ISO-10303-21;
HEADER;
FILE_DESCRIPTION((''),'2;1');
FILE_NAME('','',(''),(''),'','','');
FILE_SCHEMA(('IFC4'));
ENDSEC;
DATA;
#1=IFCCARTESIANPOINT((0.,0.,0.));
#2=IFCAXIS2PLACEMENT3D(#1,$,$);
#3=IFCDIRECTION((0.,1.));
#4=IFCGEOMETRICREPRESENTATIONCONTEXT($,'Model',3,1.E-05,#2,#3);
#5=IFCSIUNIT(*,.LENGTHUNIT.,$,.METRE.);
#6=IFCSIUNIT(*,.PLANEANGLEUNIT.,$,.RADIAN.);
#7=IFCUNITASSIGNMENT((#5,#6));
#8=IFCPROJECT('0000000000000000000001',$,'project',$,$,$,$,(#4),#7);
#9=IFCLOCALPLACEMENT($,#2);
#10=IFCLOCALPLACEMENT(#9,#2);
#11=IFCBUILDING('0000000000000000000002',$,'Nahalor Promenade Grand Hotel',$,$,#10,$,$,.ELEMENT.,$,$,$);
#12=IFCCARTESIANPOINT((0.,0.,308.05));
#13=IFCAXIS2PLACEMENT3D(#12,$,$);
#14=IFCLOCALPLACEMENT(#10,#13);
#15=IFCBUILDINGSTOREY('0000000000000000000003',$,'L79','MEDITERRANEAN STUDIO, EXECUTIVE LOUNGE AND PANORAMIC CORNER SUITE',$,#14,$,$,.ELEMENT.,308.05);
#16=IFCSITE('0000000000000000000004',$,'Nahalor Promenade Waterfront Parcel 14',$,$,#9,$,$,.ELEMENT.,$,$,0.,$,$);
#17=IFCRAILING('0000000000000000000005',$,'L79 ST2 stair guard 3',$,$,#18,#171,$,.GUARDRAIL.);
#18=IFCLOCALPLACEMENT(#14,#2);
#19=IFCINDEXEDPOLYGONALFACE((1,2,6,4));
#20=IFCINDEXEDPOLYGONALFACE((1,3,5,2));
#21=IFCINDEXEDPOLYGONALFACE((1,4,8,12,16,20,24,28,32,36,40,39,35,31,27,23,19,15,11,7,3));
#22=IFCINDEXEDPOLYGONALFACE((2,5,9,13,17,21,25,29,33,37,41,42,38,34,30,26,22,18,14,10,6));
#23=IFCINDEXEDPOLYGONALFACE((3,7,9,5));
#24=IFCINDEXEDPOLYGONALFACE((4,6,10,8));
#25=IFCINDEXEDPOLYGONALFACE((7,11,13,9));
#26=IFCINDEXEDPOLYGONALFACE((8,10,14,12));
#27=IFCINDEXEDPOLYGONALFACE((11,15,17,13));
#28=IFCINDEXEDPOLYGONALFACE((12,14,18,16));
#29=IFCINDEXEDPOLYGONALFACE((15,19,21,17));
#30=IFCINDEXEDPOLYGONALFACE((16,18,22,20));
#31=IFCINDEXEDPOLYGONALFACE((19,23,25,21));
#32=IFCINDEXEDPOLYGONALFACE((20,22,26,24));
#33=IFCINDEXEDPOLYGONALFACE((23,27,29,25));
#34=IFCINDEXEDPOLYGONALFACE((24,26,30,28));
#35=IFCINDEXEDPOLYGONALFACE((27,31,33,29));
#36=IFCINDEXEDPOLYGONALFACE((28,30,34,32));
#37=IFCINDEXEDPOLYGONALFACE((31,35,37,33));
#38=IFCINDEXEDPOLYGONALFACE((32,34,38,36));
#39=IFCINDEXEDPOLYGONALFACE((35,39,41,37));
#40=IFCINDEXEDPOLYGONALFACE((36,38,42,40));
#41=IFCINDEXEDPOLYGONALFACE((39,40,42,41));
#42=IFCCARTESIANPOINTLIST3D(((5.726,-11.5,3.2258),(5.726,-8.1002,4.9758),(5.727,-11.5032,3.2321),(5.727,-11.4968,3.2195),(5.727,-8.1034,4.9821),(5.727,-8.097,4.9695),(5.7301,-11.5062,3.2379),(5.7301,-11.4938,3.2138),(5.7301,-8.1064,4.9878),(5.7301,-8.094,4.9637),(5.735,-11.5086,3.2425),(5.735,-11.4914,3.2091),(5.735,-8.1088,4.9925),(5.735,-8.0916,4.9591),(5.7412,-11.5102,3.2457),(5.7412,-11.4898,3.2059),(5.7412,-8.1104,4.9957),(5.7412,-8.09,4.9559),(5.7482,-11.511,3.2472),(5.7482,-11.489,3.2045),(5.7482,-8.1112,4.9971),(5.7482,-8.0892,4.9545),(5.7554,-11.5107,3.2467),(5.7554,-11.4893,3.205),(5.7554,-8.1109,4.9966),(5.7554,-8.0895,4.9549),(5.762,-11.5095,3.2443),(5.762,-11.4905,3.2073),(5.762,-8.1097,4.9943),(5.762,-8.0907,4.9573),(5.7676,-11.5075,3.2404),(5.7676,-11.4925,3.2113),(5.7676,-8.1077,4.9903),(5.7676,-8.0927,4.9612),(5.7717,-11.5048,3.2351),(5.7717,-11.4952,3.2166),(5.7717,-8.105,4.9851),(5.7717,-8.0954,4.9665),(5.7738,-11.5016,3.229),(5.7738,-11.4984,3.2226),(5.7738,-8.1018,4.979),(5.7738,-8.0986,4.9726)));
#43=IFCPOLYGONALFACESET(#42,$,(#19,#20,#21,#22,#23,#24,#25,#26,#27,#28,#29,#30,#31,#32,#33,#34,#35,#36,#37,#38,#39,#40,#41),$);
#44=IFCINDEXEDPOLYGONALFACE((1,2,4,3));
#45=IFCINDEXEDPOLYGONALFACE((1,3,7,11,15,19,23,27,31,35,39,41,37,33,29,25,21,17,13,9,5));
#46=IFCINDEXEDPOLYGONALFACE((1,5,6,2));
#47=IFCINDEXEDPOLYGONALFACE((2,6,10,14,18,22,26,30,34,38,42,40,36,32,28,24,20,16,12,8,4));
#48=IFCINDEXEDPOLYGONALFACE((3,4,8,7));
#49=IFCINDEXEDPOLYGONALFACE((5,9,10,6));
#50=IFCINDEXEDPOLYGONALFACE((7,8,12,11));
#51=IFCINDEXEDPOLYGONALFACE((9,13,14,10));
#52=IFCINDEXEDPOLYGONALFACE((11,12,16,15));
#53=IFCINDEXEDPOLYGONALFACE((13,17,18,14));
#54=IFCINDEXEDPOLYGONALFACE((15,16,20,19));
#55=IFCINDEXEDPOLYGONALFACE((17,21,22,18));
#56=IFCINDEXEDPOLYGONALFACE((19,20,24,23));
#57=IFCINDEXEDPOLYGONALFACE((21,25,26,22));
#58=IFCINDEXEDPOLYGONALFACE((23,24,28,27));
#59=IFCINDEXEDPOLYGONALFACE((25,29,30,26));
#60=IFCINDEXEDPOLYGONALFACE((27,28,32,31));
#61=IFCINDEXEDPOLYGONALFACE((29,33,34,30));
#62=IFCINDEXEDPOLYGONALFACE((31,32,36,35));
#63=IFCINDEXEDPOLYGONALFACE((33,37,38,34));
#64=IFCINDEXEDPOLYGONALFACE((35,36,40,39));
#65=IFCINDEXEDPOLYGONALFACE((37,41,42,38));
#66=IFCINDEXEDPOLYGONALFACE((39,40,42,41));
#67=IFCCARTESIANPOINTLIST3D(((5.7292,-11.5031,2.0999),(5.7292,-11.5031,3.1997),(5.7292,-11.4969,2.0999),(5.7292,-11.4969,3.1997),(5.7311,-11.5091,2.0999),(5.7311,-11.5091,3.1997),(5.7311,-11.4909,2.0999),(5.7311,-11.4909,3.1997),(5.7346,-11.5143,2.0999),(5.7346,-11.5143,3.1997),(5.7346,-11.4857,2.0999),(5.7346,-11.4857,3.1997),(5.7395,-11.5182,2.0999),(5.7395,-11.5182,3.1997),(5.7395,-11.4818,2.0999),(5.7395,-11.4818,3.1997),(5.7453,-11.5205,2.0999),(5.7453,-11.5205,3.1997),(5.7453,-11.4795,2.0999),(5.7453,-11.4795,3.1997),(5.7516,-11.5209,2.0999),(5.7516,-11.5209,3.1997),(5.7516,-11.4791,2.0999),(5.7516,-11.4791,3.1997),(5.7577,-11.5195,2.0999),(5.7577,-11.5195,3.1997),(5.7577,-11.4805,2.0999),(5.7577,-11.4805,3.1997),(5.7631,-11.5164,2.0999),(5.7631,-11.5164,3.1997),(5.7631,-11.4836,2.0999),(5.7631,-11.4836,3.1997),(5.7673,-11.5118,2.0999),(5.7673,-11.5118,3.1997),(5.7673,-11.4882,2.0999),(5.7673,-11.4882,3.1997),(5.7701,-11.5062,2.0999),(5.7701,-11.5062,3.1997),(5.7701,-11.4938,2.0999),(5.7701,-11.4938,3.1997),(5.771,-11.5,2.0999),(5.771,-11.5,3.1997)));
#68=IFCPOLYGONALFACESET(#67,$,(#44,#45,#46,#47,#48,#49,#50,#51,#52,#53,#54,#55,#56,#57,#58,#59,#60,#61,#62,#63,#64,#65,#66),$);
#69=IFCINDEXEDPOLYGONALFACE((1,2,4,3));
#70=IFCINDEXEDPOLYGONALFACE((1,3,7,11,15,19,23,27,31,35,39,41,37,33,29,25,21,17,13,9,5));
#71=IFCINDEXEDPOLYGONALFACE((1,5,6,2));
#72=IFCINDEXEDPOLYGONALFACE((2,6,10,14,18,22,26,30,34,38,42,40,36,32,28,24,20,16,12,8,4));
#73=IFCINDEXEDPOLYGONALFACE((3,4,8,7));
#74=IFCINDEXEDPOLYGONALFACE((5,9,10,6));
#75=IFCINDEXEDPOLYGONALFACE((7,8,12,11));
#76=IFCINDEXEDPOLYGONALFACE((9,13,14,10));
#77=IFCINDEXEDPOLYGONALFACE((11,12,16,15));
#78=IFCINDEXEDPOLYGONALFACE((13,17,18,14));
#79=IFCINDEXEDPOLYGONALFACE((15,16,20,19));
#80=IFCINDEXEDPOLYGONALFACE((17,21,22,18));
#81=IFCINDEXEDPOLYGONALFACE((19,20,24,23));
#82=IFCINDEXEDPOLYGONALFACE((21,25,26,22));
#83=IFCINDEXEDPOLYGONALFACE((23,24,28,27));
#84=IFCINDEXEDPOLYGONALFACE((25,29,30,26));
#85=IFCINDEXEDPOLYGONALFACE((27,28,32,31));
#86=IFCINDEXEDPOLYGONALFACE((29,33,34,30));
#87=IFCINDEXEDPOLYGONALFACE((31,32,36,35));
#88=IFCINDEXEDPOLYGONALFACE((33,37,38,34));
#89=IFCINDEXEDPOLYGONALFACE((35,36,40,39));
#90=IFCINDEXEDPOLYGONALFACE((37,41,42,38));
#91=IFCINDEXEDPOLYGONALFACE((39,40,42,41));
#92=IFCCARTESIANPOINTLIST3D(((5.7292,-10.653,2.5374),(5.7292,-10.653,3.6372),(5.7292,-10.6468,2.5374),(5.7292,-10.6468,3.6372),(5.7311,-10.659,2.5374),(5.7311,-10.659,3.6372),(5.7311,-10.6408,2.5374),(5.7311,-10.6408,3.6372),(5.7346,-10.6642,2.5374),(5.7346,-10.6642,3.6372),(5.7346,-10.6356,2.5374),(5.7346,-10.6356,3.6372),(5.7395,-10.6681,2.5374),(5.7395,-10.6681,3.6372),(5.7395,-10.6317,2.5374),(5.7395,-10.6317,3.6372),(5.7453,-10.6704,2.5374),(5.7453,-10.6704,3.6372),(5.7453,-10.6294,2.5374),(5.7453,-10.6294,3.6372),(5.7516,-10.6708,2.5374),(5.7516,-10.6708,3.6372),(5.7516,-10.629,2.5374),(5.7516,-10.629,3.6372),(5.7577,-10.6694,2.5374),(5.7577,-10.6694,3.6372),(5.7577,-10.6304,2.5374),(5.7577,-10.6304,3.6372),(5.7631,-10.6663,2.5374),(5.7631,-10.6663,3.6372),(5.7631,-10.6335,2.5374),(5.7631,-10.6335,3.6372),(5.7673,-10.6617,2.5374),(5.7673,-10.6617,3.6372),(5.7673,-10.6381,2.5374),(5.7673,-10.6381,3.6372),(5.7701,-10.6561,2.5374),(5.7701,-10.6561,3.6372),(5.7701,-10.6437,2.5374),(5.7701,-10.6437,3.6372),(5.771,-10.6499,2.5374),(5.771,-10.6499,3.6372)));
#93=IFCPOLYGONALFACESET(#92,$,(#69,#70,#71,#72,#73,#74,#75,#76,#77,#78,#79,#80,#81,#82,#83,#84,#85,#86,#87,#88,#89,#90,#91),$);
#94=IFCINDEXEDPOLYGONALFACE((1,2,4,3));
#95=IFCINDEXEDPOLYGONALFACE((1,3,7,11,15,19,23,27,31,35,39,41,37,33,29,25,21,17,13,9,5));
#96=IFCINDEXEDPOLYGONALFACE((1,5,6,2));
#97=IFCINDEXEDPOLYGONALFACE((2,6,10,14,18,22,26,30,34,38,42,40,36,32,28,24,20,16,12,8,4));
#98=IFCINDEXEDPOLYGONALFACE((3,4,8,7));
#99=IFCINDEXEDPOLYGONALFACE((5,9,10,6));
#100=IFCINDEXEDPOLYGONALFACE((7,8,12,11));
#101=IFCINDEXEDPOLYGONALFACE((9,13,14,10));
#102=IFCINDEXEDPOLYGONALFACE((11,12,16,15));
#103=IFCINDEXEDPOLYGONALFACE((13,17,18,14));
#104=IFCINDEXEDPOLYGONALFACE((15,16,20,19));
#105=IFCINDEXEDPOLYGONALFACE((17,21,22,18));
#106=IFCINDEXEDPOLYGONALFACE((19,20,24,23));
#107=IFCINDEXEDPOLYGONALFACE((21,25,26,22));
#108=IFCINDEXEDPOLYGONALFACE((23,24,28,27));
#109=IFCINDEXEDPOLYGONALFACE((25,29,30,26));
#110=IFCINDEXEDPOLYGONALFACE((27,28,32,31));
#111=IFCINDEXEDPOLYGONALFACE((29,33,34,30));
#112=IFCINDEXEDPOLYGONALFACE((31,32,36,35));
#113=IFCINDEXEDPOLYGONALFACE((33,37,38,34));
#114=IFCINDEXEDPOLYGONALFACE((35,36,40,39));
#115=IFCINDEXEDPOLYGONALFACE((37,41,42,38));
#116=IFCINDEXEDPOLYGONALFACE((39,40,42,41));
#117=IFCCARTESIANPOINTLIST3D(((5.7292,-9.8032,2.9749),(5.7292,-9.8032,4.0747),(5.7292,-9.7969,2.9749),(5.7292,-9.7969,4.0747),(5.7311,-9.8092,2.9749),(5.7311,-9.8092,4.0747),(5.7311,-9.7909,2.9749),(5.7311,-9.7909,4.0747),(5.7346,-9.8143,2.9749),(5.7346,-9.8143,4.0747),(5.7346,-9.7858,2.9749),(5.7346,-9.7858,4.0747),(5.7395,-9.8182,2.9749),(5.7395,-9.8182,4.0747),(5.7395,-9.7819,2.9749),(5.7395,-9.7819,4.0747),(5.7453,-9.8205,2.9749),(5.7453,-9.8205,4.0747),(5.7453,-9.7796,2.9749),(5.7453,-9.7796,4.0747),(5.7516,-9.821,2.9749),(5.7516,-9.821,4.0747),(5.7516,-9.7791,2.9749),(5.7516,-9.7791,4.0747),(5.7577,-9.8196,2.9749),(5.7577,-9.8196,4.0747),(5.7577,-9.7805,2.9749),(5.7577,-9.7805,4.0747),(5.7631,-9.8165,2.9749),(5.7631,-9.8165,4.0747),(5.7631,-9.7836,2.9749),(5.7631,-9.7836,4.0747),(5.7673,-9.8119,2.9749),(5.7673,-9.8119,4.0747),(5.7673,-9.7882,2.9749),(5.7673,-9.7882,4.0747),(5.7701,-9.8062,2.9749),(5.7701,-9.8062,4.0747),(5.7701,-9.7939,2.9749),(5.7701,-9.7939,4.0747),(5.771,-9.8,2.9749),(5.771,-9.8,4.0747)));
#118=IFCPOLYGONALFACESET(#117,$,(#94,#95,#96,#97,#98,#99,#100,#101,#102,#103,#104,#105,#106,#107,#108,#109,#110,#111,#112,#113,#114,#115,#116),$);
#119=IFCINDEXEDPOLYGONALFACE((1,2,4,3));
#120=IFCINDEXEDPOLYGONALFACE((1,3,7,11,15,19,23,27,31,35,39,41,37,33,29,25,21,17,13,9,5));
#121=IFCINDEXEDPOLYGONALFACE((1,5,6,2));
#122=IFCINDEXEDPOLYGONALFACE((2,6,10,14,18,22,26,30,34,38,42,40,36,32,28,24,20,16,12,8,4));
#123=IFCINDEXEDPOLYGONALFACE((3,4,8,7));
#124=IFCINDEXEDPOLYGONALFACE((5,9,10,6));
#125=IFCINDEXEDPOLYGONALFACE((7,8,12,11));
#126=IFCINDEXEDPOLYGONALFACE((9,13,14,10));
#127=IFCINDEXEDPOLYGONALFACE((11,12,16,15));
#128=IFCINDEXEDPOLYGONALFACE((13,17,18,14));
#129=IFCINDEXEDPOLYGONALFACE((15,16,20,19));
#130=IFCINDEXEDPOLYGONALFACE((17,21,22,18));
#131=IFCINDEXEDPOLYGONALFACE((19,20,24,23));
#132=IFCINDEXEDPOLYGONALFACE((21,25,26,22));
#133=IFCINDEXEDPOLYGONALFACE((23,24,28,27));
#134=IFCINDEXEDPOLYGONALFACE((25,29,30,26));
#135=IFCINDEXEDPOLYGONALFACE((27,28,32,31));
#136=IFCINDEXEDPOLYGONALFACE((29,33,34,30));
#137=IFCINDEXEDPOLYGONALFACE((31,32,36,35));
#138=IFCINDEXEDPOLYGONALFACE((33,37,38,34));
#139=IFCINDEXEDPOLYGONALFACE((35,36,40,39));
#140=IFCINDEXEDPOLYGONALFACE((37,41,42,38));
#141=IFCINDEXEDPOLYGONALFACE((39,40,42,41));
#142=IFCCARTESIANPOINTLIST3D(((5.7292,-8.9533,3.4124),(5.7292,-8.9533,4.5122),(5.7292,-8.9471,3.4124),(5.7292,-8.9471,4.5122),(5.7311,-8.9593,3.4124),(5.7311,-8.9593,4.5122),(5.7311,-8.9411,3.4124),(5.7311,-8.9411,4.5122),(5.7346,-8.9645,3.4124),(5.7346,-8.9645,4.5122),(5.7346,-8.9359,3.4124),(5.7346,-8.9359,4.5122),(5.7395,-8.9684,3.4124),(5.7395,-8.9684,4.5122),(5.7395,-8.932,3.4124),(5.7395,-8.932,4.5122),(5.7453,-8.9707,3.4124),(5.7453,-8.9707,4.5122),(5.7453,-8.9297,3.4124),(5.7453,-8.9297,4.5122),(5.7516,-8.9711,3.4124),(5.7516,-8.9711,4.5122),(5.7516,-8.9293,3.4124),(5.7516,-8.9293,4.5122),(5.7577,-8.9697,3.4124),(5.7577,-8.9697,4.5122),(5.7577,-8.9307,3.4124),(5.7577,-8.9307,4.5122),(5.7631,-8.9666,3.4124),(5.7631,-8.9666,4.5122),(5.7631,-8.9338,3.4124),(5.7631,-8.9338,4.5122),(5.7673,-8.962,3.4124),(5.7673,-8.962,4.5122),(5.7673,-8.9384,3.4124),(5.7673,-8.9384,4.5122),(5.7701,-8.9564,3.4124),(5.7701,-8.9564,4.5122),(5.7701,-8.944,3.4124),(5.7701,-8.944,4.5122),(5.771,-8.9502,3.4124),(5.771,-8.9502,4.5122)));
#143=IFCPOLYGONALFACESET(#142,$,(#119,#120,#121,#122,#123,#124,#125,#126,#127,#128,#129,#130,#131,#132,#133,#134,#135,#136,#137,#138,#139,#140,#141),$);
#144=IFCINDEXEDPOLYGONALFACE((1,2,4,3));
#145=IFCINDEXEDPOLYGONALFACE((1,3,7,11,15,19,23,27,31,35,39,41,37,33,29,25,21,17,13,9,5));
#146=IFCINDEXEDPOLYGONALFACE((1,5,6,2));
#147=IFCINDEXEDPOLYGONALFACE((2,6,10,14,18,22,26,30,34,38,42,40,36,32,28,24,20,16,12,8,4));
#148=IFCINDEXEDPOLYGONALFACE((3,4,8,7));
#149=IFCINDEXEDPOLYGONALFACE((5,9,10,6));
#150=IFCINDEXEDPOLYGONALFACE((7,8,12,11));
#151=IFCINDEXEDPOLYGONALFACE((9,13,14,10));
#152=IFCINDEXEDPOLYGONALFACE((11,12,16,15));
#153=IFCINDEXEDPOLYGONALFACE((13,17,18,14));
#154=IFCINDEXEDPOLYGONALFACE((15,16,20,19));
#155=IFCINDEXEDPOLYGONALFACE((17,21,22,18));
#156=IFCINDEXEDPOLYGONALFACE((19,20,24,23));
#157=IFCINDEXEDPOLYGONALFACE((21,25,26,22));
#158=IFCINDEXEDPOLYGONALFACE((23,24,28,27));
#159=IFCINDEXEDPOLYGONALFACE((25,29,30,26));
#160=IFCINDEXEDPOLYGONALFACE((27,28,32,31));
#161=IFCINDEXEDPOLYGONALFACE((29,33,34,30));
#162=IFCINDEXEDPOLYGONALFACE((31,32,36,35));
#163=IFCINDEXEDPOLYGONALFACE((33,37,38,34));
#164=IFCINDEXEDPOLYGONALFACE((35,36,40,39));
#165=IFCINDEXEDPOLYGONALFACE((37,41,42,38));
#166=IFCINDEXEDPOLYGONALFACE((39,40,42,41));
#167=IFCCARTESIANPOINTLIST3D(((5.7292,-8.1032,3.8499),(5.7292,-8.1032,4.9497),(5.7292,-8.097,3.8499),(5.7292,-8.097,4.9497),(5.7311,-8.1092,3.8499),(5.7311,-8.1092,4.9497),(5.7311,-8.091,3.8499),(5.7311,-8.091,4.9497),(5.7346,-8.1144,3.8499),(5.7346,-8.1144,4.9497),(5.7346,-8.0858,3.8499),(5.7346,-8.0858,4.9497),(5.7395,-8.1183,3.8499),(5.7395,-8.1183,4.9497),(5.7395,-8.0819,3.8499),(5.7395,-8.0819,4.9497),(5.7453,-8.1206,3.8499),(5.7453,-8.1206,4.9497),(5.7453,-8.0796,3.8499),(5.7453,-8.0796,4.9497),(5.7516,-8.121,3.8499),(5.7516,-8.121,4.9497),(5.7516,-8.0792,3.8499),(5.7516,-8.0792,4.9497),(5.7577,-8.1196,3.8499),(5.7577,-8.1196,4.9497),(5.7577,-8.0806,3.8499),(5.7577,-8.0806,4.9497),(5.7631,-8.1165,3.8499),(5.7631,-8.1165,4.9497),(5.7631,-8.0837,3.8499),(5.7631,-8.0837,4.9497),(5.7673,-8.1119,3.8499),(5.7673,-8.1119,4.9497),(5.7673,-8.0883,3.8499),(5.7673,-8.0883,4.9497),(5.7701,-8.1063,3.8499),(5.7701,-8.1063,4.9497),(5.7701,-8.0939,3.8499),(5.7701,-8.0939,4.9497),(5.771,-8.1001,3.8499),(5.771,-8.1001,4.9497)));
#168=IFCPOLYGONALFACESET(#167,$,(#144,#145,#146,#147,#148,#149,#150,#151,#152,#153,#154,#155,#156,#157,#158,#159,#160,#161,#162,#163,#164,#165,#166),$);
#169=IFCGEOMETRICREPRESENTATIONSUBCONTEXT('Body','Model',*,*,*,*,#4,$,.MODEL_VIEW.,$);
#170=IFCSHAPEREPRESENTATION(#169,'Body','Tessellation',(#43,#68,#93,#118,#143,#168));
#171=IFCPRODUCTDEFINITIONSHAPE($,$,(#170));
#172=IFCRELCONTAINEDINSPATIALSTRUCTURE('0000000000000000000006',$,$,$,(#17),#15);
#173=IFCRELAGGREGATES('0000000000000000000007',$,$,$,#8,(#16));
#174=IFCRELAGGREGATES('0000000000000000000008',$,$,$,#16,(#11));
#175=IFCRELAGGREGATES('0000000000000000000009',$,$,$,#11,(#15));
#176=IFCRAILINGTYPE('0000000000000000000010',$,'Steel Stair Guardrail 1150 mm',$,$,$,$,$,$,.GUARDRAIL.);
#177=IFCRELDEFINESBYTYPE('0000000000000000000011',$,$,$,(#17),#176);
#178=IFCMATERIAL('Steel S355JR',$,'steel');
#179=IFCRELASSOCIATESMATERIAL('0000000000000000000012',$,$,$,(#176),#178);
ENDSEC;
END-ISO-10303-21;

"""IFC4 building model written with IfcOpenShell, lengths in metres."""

from ifc_helpers import new_model, si_unit, direction, frame, origin, origin_2d, place, context, subcontext, project, spatial, circle, extrude, material, type_object, element, save


model = new_model("IFC4")

# Units and contexts
model_context = context("Model", 3, precision=1e-05, world=origin(), true_north=direction((0.0, 1.0)))
body_context = subcontext(model_context, "Body", "Model", "MODEL_VIEW")
ifc_project = project(units=[si_unit("LENGTHUNIT", "METRE"), si_unit("PLANEANGLEUNIT", "RADIAN")], contexts=[model_context])

# Site, building, storey
site_placement = place(None, origin())
site = spatial("IfcSite", under=ifc_project, at=site_placement, Name="Nahalor Promenade Waterfront Parcel 14", CompositionType="ELEMENT", RefElevation=0.0)
building_placement = place(site_placement, origin())
building = spatial("IfcBuilding", under=site, at=building_placement, Name="Nahalor Promenade Grand Hotel", CompositionType="ELEMENT")
storey_placement = place(building_placement, frame((0.0, 0.0, 308.05)))
storey = spatial("IfcBuildingStorey", under=building, at=storey_placement, Name="L79", Description="MEDITERRANEAN STUDIO, EXECUTIVE LOUNGE AND PANORAMIC CORNER SUITE", CompositionType="ELEMENT", Elevation=308.05)

# Shared definitions
ifc_material_1 = material(Name="Steel S355JR", Category="steel")

# Railing
railing_type_1 = type_object("IfcRailingType", Name="Steel Stair Guardrail 1150 mm", PredefinedType="GUARDRAIL", material=ifc_material_1)
railing_1_placement = place(storey_placement, frame((5.75, -11.5, 2.0999)))
element("IfcRailing", 1, at=railing_1_placement, inside=storey, type_object=railing_type_1, Name="L79 ST2 stair guard 3", PredefinedType="GUARDRAIL", context=body_context, shape_type="SweptSolid", body=[
    extrude(circle(Radius=0.024, at=origin_2d()), frame((0.0, 0.0, 1.126), z_axis=(0.0, 0.88913, 0.457654), x_axis=(-1.0, 0.0, 0.0)), (0.0, 0.0, 1.0), 3.8237),
    extrude(circle(Radius=0.021, at=origin_2d()), origin(), (0.0, 0.0, 1.0), 1.0999),
    extrude(circle(Radius=0.021, at=origin_2d()), frame((0.0, 0.8501, 0.4375)), (0.0, 0.0, 1.0), 1.0999),
    extrude(circle(Radius=0.021, at=origin_2d()), frame((0.0, 1.7, 0.875)), (0.0, 0.0, 1.0), 1.0999),
    extrude(circle(Radius=0.021, at=origin_2d()), frame((0.0, 2.5498, 1.3125)), (0.0, 0.0, 1.0), 1.0999),
    extrude(circle(Radius=0.021, at=origin_2d()), frame((0.0, 3.3999, 1.75)), (0.0, 0.0, 1.0), 1.0999),
])

save(model, "model.ifc")
